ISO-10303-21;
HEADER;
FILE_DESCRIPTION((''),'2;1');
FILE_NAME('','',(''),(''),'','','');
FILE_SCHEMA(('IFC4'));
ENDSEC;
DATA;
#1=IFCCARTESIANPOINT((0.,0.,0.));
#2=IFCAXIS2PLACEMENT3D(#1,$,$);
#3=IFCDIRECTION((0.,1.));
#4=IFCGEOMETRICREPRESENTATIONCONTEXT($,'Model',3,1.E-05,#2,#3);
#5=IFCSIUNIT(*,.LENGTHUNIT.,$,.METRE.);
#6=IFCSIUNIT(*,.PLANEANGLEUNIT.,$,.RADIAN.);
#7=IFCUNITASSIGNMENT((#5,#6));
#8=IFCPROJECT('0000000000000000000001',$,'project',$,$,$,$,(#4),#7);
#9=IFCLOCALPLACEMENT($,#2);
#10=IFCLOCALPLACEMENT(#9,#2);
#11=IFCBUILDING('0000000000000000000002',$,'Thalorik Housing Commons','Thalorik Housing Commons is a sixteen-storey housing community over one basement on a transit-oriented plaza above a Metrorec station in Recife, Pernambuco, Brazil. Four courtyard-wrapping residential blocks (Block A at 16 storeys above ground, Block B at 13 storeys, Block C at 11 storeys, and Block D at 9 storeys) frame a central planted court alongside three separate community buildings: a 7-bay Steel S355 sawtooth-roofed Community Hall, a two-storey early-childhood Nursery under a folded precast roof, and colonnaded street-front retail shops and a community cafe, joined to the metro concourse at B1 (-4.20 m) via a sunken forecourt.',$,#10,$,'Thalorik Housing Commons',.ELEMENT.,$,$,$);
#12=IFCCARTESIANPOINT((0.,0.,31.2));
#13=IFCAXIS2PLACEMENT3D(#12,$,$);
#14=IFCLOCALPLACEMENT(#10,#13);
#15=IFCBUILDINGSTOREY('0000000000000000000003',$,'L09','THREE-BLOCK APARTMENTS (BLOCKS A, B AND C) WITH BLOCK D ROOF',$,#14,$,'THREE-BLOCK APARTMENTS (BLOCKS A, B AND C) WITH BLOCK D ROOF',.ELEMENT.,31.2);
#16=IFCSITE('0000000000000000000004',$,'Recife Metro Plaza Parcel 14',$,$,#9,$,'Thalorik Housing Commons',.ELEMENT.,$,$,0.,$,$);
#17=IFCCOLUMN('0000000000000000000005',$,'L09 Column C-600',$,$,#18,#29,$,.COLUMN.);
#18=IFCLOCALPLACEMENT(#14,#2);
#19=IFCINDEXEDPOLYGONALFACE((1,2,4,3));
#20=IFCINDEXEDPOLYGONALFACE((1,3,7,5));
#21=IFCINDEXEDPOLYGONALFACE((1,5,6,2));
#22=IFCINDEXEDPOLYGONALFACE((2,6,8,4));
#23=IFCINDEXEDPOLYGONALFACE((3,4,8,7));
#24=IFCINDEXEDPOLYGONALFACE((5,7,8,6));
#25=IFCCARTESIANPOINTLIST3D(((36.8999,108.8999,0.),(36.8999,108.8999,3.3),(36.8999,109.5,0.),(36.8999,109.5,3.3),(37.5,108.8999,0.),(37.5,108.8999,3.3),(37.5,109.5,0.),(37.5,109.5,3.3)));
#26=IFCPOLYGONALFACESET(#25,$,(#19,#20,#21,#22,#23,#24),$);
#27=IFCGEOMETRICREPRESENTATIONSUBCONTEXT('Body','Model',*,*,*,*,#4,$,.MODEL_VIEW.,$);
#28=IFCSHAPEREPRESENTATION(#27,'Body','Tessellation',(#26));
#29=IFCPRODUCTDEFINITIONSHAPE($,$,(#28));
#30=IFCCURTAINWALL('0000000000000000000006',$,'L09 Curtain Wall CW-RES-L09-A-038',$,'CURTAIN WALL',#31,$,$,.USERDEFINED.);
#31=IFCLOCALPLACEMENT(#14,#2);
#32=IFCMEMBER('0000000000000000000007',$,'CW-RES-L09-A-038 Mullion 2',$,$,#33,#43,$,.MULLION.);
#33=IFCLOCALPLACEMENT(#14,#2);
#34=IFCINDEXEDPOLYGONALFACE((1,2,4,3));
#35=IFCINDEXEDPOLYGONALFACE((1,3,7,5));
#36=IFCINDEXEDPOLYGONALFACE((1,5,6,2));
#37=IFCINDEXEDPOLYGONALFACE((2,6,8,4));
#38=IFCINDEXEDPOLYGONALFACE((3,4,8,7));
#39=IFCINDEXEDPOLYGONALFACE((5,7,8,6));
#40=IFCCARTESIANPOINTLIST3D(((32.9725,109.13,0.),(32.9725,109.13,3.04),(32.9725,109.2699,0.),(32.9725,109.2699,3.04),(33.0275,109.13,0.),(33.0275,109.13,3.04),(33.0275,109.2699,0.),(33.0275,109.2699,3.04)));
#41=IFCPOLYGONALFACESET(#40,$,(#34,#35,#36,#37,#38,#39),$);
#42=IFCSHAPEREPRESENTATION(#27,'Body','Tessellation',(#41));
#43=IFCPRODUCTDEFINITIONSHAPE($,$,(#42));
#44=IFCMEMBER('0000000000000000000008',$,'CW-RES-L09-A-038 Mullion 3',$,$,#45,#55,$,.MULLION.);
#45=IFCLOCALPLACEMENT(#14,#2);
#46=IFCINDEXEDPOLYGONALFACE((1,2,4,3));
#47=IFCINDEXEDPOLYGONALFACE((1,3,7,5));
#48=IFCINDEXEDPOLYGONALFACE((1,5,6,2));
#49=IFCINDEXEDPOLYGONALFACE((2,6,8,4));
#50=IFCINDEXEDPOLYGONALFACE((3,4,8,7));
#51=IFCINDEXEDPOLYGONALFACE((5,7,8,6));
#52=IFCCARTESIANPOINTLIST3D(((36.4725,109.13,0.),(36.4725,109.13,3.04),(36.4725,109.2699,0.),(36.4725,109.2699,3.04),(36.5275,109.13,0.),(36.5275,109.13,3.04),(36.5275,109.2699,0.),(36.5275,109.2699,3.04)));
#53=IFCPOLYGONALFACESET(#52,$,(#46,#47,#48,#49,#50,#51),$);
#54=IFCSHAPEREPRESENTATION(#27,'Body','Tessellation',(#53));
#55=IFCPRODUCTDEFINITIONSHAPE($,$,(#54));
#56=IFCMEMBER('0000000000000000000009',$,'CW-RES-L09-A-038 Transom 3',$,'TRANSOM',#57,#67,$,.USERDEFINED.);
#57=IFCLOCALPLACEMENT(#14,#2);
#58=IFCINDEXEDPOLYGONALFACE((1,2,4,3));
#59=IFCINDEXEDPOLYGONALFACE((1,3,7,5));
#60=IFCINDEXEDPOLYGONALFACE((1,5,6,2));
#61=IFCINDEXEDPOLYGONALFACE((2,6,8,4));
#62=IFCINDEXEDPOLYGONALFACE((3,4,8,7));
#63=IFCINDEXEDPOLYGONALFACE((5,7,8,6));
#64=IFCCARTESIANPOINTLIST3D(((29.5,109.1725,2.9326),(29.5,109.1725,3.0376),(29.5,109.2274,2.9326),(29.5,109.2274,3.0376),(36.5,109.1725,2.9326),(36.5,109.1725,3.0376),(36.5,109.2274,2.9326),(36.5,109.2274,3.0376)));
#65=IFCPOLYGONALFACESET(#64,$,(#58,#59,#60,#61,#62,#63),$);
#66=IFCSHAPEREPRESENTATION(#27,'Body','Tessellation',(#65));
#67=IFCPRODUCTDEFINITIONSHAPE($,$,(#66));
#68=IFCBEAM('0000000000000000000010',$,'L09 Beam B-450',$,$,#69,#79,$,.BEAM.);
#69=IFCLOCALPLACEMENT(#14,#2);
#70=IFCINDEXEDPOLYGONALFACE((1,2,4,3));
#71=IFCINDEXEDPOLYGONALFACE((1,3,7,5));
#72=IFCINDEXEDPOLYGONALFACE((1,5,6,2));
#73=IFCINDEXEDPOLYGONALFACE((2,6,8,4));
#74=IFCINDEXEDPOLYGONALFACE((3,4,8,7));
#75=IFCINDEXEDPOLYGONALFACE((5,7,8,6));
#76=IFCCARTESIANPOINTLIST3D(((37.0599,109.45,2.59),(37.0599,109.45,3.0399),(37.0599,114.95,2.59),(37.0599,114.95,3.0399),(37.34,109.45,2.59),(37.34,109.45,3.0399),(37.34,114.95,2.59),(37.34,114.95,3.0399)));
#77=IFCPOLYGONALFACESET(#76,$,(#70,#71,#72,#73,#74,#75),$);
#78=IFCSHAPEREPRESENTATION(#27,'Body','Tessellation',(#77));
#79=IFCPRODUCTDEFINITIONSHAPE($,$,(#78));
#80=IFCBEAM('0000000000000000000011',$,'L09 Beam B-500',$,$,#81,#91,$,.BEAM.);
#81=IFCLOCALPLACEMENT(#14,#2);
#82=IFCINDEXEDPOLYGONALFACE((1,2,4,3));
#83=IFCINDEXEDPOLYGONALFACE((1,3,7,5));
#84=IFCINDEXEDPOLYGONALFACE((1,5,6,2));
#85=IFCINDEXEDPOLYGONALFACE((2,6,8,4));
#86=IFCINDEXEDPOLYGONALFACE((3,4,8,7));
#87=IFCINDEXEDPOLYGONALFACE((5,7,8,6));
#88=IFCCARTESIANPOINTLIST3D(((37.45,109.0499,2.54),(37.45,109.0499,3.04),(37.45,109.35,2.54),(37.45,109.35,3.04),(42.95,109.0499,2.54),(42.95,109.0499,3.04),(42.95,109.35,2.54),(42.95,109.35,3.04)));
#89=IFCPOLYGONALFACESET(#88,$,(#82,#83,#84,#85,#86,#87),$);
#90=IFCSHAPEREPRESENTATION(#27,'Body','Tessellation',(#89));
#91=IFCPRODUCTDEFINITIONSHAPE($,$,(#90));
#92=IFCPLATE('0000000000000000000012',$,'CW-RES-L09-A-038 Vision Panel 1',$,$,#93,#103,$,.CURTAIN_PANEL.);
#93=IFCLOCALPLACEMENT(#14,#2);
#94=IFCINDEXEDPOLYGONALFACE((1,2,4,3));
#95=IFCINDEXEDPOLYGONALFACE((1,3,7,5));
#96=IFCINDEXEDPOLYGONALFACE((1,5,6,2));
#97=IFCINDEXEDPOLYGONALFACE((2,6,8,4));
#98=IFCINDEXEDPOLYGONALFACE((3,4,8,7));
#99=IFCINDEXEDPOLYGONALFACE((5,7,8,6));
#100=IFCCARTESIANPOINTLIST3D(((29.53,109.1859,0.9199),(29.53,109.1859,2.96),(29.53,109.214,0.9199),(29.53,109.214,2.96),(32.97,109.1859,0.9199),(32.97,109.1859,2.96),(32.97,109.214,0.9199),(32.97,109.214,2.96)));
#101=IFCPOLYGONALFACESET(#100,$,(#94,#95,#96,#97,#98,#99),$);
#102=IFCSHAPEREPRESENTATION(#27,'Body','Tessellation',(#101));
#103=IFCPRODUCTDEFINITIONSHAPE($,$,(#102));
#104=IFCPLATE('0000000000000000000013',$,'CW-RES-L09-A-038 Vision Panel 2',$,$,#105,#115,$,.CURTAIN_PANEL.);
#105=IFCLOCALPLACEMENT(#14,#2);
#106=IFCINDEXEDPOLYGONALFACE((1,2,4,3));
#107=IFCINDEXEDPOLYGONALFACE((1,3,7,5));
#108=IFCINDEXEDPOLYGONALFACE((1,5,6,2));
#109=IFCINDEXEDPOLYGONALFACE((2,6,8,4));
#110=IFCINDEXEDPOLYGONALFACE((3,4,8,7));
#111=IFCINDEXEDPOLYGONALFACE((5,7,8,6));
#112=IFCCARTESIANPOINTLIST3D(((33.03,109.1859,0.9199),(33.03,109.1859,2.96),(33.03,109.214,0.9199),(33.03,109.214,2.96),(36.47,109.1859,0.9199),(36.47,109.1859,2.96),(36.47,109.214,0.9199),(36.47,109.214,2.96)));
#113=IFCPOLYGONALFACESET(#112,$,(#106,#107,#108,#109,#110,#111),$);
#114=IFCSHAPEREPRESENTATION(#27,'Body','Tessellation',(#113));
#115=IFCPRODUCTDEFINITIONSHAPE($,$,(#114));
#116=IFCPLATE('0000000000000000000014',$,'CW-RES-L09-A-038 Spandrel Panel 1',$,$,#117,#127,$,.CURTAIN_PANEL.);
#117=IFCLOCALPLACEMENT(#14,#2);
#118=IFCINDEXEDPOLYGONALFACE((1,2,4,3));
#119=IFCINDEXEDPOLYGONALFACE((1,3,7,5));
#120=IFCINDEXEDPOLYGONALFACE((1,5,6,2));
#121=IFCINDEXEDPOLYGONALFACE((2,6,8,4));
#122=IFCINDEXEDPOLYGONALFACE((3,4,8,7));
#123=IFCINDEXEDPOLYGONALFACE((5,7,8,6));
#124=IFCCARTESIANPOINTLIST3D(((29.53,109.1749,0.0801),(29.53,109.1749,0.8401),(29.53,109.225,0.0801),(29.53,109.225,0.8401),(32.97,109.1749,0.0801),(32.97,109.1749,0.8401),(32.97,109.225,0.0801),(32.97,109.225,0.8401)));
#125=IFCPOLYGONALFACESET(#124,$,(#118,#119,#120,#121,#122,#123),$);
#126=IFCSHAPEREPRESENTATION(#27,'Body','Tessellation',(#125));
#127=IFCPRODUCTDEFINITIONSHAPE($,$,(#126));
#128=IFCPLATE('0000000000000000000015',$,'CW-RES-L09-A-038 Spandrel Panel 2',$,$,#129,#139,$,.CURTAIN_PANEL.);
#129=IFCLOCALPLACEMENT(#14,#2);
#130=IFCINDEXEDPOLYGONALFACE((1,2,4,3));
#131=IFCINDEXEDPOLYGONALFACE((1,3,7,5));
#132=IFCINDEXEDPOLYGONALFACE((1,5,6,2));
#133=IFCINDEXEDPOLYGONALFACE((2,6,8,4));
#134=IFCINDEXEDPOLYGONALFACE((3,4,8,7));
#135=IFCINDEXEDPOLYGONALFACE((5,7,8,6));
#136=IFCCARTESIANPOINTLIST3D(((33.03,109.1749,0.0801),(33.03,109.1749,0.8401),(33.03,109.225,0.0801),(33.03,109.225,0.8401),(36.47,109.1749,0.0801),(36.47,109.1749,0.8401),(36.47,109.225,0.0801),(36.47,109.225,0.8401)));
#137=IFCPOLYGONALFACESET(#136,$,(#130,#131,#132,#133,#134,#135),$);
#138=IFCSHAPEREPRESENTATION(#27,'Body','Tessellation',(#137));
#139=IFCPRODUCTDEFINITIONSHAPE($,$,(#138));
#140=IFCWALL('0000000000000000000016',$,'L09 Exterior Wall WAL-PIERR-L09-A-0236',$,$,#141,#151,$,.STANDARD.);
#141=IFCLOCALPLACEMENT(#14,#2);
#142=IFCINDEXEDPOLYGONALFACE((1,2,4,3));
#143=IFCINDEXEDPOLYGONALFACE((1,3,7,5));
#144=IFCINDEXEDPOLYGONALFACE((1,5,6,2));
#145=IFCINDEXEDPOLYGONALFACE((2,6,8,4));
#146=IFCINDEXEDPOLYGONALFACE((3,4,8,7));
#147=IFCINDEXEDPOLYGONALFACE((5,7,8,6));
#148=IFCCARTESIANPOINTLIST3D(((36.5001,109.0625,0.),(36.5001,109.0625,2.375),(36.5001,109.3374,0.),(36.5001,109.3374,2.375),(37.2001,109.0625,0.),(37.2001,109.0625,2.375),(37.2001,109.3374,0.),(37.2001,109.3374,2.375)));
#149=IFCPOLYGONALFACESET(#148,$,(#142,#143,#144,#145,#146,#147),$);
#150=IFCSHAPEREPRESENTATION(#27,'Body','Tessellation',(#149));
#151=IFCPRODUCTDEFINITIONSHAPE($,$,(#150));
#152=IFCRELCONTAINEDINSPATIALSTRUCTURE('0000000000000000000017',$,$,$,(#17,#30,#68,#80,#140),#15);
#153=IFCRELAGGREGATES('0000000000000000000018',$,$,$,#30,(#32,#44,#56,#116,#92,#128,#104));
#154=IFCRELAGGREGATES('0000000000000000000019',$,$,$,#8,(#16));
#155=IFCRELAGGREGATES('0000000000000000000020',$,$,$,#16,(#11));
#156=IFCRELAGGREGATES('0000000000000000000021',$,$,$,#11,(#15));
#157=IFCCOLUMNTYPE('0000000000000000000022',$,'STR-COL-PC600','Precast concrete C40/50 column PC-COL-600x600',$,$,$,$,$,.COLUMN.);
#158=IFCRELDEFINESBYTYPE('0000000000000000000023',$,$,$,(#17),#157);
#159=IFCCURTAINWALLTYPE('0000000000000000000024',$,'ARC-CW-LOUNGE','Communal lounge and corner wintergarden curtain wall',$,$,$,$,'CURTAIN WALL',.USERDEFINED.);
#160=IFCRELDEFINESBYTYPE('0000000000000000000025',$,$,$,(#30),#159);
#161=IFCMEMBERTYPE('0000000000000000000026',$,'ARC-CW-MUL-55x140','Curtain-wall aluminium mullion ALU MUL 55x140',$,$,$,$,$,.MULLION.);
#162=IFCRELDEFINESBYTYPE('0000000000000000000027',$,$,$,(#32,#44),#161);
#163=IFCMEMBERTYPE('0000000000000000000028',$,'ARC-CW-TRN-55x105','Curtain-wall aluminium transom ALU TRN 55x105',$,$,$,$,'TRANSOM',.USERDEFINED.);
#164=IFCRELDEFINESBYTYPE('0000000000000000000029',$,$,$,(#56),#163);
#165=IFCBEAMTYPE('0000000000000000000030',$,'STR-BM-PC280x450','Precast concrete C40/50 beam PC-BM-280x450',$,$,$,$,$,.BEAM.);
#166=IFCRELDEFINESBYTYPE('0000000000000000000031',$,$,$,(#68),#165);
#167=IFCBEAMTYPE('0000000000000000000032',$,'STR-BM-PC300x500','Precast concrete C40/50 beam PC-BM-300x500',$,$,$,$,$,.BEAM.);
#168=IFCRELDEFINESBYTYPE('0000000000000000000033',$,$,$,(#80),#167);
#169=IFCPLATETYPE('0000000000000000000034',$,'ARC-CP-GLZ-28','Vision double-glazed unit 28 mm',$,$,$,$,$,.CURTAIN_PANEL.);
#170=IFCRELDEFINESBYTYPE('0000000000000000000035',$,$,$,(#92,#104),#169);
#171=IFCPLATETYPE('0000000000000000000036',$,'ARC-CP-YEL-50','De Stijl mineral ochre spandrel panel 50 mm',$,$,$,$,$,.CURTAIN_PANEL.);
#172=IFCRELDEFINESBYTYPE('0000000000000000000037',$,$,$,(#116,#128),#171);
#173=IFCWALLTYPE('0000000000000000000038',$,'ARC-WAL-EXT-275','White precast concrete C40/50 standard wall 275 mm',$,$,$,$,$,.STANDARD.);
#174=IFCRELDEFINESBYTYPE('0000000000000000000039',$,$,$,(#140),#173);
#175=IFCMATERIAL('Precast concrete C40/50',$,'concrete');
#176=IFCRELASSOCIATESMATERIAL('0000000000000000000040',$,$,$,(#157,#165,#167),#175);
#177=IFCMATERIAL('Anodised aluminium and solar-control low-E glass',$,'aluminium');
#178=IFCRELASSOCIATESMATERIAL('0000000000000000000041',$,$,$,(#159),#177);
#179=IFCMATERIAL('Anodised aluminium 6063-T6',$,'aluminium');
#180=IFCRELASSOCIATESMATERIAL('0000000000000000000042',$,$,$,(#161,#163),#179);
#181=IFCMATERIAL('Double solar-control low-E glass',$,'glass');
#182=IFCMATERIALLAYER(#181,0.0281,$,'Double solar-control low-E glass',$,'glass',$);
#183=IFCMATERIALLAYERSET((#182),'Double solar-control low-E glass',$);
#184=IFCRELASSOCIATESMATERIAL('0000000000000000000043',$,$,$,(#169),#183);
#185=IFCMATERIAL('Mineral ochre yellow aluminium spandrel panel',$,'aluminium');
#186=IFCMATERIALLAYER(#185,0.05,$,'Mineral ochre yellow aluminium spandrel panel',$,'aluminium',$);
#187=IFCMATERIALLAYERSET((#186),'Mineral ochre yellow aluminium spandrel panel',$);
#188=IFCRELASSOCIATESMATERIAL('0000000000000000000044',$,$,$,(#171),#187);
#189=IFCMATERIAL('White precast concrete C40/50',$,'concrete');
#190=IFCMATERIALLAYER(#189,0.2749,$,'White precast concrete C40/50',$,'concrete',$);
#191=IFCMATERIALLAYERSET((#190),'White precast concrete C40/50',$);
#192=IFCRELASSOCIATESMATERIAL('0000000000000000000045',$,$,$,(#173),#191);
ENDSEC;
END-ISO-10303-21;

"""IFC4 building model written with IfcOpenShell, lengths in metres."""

from ifc_helpers import new_model, si_unit, direction, frame, frame_2d, origin, origin_2d, place, context, subcontext, project, spatial, rectangle, extrude, material, layer, layer_set, material_profile, profile_set, type_object, element, aggregate, save


model = new_model("IFC4")

# Units and contexts
model_context = context("Model", 3, precision=1e-05, world=origin(), true_north=direction((0.0, 1.0)))
body_context = subcontext(model_context, "Body", "Model", "MODEL_VIEW")
ifc_project = project(units=[si_unit("LENGTHUNIT", "METRE"), si_unit("PLANEANGLEUNIT", "RADIAN")], contexts=[model_context])

# Site, building, storey
site_placement = place(None, origin())
site = spatial("IfcSite", under=ifc_project, at=site_placement, Name="Recife Metro Plaza Parcel 14", LongName="Thalorik Housing Commons", CompositionType="ELEMENT", RefElevation=0.0)
building_placement = place(site_placement, origin())
building = spatial("IfcBuilding", under=site, at=building_placement, Name="Thalorik Housing Commons", Description="Thalorik Housing Commons is a sixteen-storey housing community over one basement on a transit-oriented plaza above a Metrorec station in Recife, Pernambuco, Brazil. Four courtyard-wrapping residential blocks (Block A at 16 storeys above ground, Block B at 13 storeys, Block C at 11 storeys, and Block D at 9 storeys) frame a central planted court alongside three separate community buildings: a 7-bay Steel S355 sawtooth-roofed Community Hall, a two-storey early-childhood Nursery under a folded precast roof, and colonnaded street-front retail shops and a community cafe, joined to the metro concourse at B1 (-4.20 m) via a sunken forecourt.", LongName="Thalorik Housing Commons", CompositionType="ELEMENT")
storey_placement = place(building_placement, frame((0.0, 0.0, 31.2)))
storey = spatial("IfcBuildingStorey", under=building, at=storey_placement, Name="L09", Description="THREE-BLOCK APARTMENTS (BLOCKS A, B AND C) WITH BLOCK D ROOF", LongName="THREE-BLOCK APARTMENTS (BLOCKS A, B AND C) WITH BLOCK D ROOF", CompositionType="ELEMENT", Elevation=31.2)

# Column
ifc_material_1 = material(Name="Precast concrete C40/50", Category="concrete")
ifc_material_profile_1 = material_profile(ifc_material_1, rectangle(XDim=0.6001, YDim=0.6001, at=origin_2d()), Name="PC 600x600", Category="concrete")
ifc_profile_set_1 = profile_set([ifc_material_profile_1], Name="Precast concrete C40/50")
column_type = type_object("IfcColumnType", Name="STR-COL-PC600", Description="Precast concrete C40/50 column PC-COL-600x600", PredefinedType="COLUMN", material=ifc_profile_set_1)
column_placement = place(storey_placement, frame((37.2, 109.2, 0.0), z_axis=(0.0, 0.0, 1.0), x_axis=(1.0, 0.0, 0.0)))
element("IfcColumn", 1, at=column_placement, inside=storey, type_object=column_type, Name="L09 Column C-600", PredefinedType="COLUMN", context=body_context, shape_type="SweptSolid", body=[
    extrude(rectangle(XDim=0.6001, YDim=0.6001, at=origin_2d()), origin(), (0.0, 0.0, 1.0), 3.3),
])

# Curtain wall, members
ifc_material_2 = material(Name="Anodised aluminium and solar-control low-E glass", Category="aluminium")
curtain_wall_type = type_object("IfcCurtainWallType", Name="ARC-CW-LOUNGE", Description="Communal lounge and corner wintergarden curtain wall", ElementType="CURTAIN WALL", PredefinedType="USERDEFINED", material=ifc_material_2)
curtain_wall_placement = place(storey_placement, origin())
curtain_wall = element("IfcCurtainWall", 2, at=curtain_wall_placement, inside=storey, type_object=curtain_wall_type, Name="L09 Curtain Wall CW-RES-L09-A-038", ObjectType="CURTAIN WALL", PredefinedType="USERDEFINED")
ifc_material_3 = material(Name="Anodised aluminium 6063-T6", Category="aluminium")
ifc_material_profile_2 = material_profile(ifc_material_3, rectangle(XDim=0.0549, YDim=0.1399, at=origin_2d()), Name="ALU MUL 55x140", Category="aluminium")
ifc_profile_set_2 = profile_set([ifc_material_profile_2], Name="Anodised aluminium 6063-T6")
member_type_1 = type_object("IfcMemberType", Name="ARC-CW-MUL-55x140", Description="Curtain-wall aluminium mullion ALU MUL 55x140", PredefinedType="MULLION", material=ifc_profile_set_2)
member_1_placement = place(storey_placement, frame((33.0, 109.2, 0.0), z_axis=(0.0, 0.0, 1.0), x_axis=(1.0, 0.0, 0.0)))
member_1 = element("IfcMember", 3, at=member_1_placement, type_object=member_type_1, Name="CW-RES-L09-A-038 Mullion 2", PredefinedType="MULLION", context=body_context, shape_type="SweptSolid", body=[
    extrude(rectangle(XDim=0.0549, YDim=0.1399, at=origin_2d()), origin(), (0.0, 0.0, 1.0), 3.04),
])
member_2_placement = place(storey_placement, frame((36.5, 109.2, 0.0), z_axis=(0.0, 0.0, 1.0), x_axis=(1.0, 0.0, 0.0)))
member_2 = element("IfcMember", 4, at=member_2_placement, type_object=member_type_1, Name="CW-RES-L09-A-038 Mullion 3", PredefinedType="MULLION", context=body_context, shape_type="SweptSolid", body=[
    extrude(rectangle(XDim=0.0549, YDim=0.1399, at=origin_2d()), origin(), (0.0, 0.0, 1.0), 3.04),
])
ifc_material_profile_3 = material_profile(ifc_material_3, rectangle(XDim=0.0549, YDim=0.105, at=origin_2d()), Name="ALU TRN 55x105", Category="aluminium")
ifc_profile_set_3 = profile_set([ifc_material_profile_3], Name="Anodised aluminium 6063-T6")
member_type_2 = type_object("IfcMemberType", Name="ARC-CW-TRN-55x105", Description="Curtain-wall aluminium transom ALU TRN 55x105", ElementType="TRANSOM", PredefinedType="USERDEFINED", material=ifc_profile_set_3)
member_3_placement = place(storey_placement, frame((29.5, 109.2, 2.9851), z_axis=(1.0, 0.0, 0.0), x_axis=(0.0, 1.0, 0.0)))
member_3 = element("IfcMember", 5, at=member_3_placement, type_object=member_type_2, Name="CW-RES-L09-A-038 Transom 3", ObjectType="TRANSOM", PredefinedType="USERDEFINED", context=body_context, shape_type="SweptSolid", body=[
    extrude(rectangle(XDim=0.0549, YDim=0.105, at=origin_2d()), origin(), (0.0, 0.0, 1.0), 7.0),
])

# Beams
ifc_material_profile_4 = material_profile(ifc_material_1, rectangle(XDim=0.28, YDim=0.45, at=origin_2d()), Name="PC 280x450", Category="concrete")
ifc_profile_set_4 = profile_set([ifc_material_profile_4], Name="Precast concrete C40/50")
beam_type_1 = type_object("IfcBeamType", Name="STR-BM-PC280x450", Description="Precast concrete C40/50 beam PC-BM-280x450", PredefinedType="BEAM", material=ifc_profile_set_4)
beam_1_placement = place(storey_placement, frame((37.2, 109.45, 2.8149), z_axis=(0.0, 1.0, 0.0), x_axis=(-1.0, 0.0, 0.0)))
element("IfcBeam", 6, at=beam_1_placement, inside=storey, type_object=beam_type_1, Name="L09 Beam B-450", PredefinedType="BEAM", context=body_context, shape_type="SweptSolid", body=[
    extrude(rectangle(XDim=0.28, YDim=0.45, at=origin_2d()), origin(), (0.0, 0.0, 1.0), 5.5),
])
ifc_material_profile_5 = material_profile(ifc_material_1, rectangle(XDim=0.3, YDim=0.5, at=origin_2d()), Name="PC 300x500", Category="concrete")
ifc_profile_set_5 = profile_set([ifc_material_profile_5], Name="Precast concrete C40/50")
beam_type_2 = type_object("IfcBeamType", Name="STR-BM-PC300x500", Description="Precast concrete C40/50 beam PC-BM-300x500", PredefinedType="BEAM", material=ifc_profile_set_5)
beam_2_placement = place(storey_placement, frame((37.45, 109.2, 2.79), z_axis=(1.0, 0.0, 0.0), x_axis=(0.0, 1.0, 0.0)))
element("IfcBeam", 7, at=beam_2_placement, inside=storey, type_object=beam_type_2, Name="L09 Beam B-500", PredefinedType="BEAM", context=body_context, shape_type="SweptSolid", body=[
    extrude(rectangle(XDim=0.3, YDim=0.5, at=origin_2d()), origin(), (0.0, 0.0, 1.0), 5.5),
])

# Plates
ifc_material_4 = material(Name="Double solar-control low-E glass", Category="glass")
ifc_layer_1 = layer(ifc_material_4, 0.0281, Name="Double solar-control low-E glass", Category="glass")
ifc_layer_set_1 = layer_set([ifc_layer_1], Name="Double solar-control low-E glass")
plate_type_1 = type_object("IfcPlateType", Name="ARC-CP-GLZ-28", Description="Vision double-glazed unit 28 mm", PredefinedType="CURTAIN_PANEL", material=ifc_layer_set_1)
plate_1_placement = place(storey_placement, frame((31.25, 109.2, 0.9199), z_axis=(0.0, 0.0, 1.0), x_axis=(1.0, 0.0, 0.0)))
plate_1 = element("IfcPlate", 8, at=plate_1_placement, type_object=plate_type_1, Name="CW-RES-L09-A-038 Vision Panel 1", PredefinedType="CURTAIN_PANEL", context=body_context, shape_type="SweptSolid", body=[
    extrude(rectangle(XDim=3.4399, YDim=0.0281, at=origin_2d()), origin(), (0.0, 0.0, 1.0), 2.04),
])
plate_2_placement = place(storey_placement, frame((34.75, 109.2, 0.9199), z_axis=(0.0, 0.0, 1.0), x_axis=(1.0, 0.0, 0.0)))
plate_2 = element("IfcPlate", 9, at=plate_2_placement, type_object=plate_type_1, Name="CW-RES-L09-A-038 Vision Panel 2", PredefinedType="CURTAIN_PANEL", context=body_context, shape_type="SweptSolid", body=[
    extrude(rectangle(XDim=3.4399, YDim=0.0281, at=origin_2d()), origin(), (0.0, 0.0, 1.0), 2.04),
])
ifc_material_5 = material(Name="Mineral ochre yellow aluminium spandrel panel", Category="aluminium")
ifc_layer_2 = layer(ifc_material_5, 0.05, Name="Mineral ochre yellow aluminium spandrel panel", Category="aluminium")
ifc_layer_set_2 = layer_set([ifc_layer_2], Name="Mineral ochre yellow aluminium spandrel panel")
plate_type_2 = type_object("IfcPlateType", Name="ARC-CP-YEL-50", Description="De Stijl mineral ochre spandrel panel 50 mm", PredefinedType="CURTAIN_PANEL", material=ifc_layer_set_2)
plate_3_placement = place(storey_placement, frame((31.25, 109.2, 0.0801), z_axis=(0.0, 0.0, 1.0), x_axis=(1.0, 0.0, 0.0)))
plate_3 = element("IfcPlate", 10, at=plate_3_placement, type_object=plate_type_2, Name="CW-RES-L09-A-038 Spandrel Panel 1", PredefinedType="CURTAIN_PANEL", context=body_context, shape_type="SweptSolid", body=[
    extrude(rectangle(XDim=3.4399, YDim=0.05, at=origin_2d()), origin(), (0.0, 0.0, 1.0), 0.76),
])
plate_4_placement = place(storey_placement, frame((34.75, 109.2, 0.0801), z_axis=(0.0, 0.0, 1.0), x_axis=(1.0, 0.0, 0.0)))
plate_4 = element("IfcPlate", 11, at=plate_4_placement, type_object=plate_type_2, Name="CW-RES-L09-A-038 Spandrel Panel 2", PredefinedType="CURTAIN_PANEL", context=body_context, shape_type="SweptSolid", body=[
    extrude(rectangle(XDim=3.4399, YDim=0.05, at=origin_2d()), origin(), (0.0, 0.0, 1.0), 0.76),
])
aggregate(curtain_wall, [member_1, member_2, member_3, plate_3, plate_1, plate_4, plate_2])

# Wall
ifc_material_6 = material(Name="White precast concrete C40/50", Category="concrete")
ifc_layer_3 = layer(ifc_material_6, 0.2749, Name="White precast concrete C40/50", Category="concrete")
ifc_layer_set_3 = layer_set([ifc_layer_3], Name="White precast concrete C40/50")
wall_type_1 = type_object("IfcWallType", Name="ARC-WAL-EXT-275", Description="White precast concrete C40/50 standard wall 275 mm", PredefinedType="STANDARD", material=ifc_layer_set_3)
wall_1_placement = place(storey_placement, frame((36.5, 109.2, 0.0), z_axis=(0.0, 0.0, 1.0), x_axis=(1.0, 0.0, 0.0)))
element("IfcWall", 12, at=wall_1_placement, inside=storey, type_object=wall_type_1, Name="L09 Exterior Wall WAL-PIERR-L09-A-0236", PredefinedType="STANDARD", context=body_context, shape_type="SweptSolid", body=[
    extrude(rectangle(XDim=0.7, YDim=0.2749, at=frame_2d((0.3501, 0.0))), origin(), (0.0, 0.0, 1.0), 2.375),
])

save(model, "model.ifc")
